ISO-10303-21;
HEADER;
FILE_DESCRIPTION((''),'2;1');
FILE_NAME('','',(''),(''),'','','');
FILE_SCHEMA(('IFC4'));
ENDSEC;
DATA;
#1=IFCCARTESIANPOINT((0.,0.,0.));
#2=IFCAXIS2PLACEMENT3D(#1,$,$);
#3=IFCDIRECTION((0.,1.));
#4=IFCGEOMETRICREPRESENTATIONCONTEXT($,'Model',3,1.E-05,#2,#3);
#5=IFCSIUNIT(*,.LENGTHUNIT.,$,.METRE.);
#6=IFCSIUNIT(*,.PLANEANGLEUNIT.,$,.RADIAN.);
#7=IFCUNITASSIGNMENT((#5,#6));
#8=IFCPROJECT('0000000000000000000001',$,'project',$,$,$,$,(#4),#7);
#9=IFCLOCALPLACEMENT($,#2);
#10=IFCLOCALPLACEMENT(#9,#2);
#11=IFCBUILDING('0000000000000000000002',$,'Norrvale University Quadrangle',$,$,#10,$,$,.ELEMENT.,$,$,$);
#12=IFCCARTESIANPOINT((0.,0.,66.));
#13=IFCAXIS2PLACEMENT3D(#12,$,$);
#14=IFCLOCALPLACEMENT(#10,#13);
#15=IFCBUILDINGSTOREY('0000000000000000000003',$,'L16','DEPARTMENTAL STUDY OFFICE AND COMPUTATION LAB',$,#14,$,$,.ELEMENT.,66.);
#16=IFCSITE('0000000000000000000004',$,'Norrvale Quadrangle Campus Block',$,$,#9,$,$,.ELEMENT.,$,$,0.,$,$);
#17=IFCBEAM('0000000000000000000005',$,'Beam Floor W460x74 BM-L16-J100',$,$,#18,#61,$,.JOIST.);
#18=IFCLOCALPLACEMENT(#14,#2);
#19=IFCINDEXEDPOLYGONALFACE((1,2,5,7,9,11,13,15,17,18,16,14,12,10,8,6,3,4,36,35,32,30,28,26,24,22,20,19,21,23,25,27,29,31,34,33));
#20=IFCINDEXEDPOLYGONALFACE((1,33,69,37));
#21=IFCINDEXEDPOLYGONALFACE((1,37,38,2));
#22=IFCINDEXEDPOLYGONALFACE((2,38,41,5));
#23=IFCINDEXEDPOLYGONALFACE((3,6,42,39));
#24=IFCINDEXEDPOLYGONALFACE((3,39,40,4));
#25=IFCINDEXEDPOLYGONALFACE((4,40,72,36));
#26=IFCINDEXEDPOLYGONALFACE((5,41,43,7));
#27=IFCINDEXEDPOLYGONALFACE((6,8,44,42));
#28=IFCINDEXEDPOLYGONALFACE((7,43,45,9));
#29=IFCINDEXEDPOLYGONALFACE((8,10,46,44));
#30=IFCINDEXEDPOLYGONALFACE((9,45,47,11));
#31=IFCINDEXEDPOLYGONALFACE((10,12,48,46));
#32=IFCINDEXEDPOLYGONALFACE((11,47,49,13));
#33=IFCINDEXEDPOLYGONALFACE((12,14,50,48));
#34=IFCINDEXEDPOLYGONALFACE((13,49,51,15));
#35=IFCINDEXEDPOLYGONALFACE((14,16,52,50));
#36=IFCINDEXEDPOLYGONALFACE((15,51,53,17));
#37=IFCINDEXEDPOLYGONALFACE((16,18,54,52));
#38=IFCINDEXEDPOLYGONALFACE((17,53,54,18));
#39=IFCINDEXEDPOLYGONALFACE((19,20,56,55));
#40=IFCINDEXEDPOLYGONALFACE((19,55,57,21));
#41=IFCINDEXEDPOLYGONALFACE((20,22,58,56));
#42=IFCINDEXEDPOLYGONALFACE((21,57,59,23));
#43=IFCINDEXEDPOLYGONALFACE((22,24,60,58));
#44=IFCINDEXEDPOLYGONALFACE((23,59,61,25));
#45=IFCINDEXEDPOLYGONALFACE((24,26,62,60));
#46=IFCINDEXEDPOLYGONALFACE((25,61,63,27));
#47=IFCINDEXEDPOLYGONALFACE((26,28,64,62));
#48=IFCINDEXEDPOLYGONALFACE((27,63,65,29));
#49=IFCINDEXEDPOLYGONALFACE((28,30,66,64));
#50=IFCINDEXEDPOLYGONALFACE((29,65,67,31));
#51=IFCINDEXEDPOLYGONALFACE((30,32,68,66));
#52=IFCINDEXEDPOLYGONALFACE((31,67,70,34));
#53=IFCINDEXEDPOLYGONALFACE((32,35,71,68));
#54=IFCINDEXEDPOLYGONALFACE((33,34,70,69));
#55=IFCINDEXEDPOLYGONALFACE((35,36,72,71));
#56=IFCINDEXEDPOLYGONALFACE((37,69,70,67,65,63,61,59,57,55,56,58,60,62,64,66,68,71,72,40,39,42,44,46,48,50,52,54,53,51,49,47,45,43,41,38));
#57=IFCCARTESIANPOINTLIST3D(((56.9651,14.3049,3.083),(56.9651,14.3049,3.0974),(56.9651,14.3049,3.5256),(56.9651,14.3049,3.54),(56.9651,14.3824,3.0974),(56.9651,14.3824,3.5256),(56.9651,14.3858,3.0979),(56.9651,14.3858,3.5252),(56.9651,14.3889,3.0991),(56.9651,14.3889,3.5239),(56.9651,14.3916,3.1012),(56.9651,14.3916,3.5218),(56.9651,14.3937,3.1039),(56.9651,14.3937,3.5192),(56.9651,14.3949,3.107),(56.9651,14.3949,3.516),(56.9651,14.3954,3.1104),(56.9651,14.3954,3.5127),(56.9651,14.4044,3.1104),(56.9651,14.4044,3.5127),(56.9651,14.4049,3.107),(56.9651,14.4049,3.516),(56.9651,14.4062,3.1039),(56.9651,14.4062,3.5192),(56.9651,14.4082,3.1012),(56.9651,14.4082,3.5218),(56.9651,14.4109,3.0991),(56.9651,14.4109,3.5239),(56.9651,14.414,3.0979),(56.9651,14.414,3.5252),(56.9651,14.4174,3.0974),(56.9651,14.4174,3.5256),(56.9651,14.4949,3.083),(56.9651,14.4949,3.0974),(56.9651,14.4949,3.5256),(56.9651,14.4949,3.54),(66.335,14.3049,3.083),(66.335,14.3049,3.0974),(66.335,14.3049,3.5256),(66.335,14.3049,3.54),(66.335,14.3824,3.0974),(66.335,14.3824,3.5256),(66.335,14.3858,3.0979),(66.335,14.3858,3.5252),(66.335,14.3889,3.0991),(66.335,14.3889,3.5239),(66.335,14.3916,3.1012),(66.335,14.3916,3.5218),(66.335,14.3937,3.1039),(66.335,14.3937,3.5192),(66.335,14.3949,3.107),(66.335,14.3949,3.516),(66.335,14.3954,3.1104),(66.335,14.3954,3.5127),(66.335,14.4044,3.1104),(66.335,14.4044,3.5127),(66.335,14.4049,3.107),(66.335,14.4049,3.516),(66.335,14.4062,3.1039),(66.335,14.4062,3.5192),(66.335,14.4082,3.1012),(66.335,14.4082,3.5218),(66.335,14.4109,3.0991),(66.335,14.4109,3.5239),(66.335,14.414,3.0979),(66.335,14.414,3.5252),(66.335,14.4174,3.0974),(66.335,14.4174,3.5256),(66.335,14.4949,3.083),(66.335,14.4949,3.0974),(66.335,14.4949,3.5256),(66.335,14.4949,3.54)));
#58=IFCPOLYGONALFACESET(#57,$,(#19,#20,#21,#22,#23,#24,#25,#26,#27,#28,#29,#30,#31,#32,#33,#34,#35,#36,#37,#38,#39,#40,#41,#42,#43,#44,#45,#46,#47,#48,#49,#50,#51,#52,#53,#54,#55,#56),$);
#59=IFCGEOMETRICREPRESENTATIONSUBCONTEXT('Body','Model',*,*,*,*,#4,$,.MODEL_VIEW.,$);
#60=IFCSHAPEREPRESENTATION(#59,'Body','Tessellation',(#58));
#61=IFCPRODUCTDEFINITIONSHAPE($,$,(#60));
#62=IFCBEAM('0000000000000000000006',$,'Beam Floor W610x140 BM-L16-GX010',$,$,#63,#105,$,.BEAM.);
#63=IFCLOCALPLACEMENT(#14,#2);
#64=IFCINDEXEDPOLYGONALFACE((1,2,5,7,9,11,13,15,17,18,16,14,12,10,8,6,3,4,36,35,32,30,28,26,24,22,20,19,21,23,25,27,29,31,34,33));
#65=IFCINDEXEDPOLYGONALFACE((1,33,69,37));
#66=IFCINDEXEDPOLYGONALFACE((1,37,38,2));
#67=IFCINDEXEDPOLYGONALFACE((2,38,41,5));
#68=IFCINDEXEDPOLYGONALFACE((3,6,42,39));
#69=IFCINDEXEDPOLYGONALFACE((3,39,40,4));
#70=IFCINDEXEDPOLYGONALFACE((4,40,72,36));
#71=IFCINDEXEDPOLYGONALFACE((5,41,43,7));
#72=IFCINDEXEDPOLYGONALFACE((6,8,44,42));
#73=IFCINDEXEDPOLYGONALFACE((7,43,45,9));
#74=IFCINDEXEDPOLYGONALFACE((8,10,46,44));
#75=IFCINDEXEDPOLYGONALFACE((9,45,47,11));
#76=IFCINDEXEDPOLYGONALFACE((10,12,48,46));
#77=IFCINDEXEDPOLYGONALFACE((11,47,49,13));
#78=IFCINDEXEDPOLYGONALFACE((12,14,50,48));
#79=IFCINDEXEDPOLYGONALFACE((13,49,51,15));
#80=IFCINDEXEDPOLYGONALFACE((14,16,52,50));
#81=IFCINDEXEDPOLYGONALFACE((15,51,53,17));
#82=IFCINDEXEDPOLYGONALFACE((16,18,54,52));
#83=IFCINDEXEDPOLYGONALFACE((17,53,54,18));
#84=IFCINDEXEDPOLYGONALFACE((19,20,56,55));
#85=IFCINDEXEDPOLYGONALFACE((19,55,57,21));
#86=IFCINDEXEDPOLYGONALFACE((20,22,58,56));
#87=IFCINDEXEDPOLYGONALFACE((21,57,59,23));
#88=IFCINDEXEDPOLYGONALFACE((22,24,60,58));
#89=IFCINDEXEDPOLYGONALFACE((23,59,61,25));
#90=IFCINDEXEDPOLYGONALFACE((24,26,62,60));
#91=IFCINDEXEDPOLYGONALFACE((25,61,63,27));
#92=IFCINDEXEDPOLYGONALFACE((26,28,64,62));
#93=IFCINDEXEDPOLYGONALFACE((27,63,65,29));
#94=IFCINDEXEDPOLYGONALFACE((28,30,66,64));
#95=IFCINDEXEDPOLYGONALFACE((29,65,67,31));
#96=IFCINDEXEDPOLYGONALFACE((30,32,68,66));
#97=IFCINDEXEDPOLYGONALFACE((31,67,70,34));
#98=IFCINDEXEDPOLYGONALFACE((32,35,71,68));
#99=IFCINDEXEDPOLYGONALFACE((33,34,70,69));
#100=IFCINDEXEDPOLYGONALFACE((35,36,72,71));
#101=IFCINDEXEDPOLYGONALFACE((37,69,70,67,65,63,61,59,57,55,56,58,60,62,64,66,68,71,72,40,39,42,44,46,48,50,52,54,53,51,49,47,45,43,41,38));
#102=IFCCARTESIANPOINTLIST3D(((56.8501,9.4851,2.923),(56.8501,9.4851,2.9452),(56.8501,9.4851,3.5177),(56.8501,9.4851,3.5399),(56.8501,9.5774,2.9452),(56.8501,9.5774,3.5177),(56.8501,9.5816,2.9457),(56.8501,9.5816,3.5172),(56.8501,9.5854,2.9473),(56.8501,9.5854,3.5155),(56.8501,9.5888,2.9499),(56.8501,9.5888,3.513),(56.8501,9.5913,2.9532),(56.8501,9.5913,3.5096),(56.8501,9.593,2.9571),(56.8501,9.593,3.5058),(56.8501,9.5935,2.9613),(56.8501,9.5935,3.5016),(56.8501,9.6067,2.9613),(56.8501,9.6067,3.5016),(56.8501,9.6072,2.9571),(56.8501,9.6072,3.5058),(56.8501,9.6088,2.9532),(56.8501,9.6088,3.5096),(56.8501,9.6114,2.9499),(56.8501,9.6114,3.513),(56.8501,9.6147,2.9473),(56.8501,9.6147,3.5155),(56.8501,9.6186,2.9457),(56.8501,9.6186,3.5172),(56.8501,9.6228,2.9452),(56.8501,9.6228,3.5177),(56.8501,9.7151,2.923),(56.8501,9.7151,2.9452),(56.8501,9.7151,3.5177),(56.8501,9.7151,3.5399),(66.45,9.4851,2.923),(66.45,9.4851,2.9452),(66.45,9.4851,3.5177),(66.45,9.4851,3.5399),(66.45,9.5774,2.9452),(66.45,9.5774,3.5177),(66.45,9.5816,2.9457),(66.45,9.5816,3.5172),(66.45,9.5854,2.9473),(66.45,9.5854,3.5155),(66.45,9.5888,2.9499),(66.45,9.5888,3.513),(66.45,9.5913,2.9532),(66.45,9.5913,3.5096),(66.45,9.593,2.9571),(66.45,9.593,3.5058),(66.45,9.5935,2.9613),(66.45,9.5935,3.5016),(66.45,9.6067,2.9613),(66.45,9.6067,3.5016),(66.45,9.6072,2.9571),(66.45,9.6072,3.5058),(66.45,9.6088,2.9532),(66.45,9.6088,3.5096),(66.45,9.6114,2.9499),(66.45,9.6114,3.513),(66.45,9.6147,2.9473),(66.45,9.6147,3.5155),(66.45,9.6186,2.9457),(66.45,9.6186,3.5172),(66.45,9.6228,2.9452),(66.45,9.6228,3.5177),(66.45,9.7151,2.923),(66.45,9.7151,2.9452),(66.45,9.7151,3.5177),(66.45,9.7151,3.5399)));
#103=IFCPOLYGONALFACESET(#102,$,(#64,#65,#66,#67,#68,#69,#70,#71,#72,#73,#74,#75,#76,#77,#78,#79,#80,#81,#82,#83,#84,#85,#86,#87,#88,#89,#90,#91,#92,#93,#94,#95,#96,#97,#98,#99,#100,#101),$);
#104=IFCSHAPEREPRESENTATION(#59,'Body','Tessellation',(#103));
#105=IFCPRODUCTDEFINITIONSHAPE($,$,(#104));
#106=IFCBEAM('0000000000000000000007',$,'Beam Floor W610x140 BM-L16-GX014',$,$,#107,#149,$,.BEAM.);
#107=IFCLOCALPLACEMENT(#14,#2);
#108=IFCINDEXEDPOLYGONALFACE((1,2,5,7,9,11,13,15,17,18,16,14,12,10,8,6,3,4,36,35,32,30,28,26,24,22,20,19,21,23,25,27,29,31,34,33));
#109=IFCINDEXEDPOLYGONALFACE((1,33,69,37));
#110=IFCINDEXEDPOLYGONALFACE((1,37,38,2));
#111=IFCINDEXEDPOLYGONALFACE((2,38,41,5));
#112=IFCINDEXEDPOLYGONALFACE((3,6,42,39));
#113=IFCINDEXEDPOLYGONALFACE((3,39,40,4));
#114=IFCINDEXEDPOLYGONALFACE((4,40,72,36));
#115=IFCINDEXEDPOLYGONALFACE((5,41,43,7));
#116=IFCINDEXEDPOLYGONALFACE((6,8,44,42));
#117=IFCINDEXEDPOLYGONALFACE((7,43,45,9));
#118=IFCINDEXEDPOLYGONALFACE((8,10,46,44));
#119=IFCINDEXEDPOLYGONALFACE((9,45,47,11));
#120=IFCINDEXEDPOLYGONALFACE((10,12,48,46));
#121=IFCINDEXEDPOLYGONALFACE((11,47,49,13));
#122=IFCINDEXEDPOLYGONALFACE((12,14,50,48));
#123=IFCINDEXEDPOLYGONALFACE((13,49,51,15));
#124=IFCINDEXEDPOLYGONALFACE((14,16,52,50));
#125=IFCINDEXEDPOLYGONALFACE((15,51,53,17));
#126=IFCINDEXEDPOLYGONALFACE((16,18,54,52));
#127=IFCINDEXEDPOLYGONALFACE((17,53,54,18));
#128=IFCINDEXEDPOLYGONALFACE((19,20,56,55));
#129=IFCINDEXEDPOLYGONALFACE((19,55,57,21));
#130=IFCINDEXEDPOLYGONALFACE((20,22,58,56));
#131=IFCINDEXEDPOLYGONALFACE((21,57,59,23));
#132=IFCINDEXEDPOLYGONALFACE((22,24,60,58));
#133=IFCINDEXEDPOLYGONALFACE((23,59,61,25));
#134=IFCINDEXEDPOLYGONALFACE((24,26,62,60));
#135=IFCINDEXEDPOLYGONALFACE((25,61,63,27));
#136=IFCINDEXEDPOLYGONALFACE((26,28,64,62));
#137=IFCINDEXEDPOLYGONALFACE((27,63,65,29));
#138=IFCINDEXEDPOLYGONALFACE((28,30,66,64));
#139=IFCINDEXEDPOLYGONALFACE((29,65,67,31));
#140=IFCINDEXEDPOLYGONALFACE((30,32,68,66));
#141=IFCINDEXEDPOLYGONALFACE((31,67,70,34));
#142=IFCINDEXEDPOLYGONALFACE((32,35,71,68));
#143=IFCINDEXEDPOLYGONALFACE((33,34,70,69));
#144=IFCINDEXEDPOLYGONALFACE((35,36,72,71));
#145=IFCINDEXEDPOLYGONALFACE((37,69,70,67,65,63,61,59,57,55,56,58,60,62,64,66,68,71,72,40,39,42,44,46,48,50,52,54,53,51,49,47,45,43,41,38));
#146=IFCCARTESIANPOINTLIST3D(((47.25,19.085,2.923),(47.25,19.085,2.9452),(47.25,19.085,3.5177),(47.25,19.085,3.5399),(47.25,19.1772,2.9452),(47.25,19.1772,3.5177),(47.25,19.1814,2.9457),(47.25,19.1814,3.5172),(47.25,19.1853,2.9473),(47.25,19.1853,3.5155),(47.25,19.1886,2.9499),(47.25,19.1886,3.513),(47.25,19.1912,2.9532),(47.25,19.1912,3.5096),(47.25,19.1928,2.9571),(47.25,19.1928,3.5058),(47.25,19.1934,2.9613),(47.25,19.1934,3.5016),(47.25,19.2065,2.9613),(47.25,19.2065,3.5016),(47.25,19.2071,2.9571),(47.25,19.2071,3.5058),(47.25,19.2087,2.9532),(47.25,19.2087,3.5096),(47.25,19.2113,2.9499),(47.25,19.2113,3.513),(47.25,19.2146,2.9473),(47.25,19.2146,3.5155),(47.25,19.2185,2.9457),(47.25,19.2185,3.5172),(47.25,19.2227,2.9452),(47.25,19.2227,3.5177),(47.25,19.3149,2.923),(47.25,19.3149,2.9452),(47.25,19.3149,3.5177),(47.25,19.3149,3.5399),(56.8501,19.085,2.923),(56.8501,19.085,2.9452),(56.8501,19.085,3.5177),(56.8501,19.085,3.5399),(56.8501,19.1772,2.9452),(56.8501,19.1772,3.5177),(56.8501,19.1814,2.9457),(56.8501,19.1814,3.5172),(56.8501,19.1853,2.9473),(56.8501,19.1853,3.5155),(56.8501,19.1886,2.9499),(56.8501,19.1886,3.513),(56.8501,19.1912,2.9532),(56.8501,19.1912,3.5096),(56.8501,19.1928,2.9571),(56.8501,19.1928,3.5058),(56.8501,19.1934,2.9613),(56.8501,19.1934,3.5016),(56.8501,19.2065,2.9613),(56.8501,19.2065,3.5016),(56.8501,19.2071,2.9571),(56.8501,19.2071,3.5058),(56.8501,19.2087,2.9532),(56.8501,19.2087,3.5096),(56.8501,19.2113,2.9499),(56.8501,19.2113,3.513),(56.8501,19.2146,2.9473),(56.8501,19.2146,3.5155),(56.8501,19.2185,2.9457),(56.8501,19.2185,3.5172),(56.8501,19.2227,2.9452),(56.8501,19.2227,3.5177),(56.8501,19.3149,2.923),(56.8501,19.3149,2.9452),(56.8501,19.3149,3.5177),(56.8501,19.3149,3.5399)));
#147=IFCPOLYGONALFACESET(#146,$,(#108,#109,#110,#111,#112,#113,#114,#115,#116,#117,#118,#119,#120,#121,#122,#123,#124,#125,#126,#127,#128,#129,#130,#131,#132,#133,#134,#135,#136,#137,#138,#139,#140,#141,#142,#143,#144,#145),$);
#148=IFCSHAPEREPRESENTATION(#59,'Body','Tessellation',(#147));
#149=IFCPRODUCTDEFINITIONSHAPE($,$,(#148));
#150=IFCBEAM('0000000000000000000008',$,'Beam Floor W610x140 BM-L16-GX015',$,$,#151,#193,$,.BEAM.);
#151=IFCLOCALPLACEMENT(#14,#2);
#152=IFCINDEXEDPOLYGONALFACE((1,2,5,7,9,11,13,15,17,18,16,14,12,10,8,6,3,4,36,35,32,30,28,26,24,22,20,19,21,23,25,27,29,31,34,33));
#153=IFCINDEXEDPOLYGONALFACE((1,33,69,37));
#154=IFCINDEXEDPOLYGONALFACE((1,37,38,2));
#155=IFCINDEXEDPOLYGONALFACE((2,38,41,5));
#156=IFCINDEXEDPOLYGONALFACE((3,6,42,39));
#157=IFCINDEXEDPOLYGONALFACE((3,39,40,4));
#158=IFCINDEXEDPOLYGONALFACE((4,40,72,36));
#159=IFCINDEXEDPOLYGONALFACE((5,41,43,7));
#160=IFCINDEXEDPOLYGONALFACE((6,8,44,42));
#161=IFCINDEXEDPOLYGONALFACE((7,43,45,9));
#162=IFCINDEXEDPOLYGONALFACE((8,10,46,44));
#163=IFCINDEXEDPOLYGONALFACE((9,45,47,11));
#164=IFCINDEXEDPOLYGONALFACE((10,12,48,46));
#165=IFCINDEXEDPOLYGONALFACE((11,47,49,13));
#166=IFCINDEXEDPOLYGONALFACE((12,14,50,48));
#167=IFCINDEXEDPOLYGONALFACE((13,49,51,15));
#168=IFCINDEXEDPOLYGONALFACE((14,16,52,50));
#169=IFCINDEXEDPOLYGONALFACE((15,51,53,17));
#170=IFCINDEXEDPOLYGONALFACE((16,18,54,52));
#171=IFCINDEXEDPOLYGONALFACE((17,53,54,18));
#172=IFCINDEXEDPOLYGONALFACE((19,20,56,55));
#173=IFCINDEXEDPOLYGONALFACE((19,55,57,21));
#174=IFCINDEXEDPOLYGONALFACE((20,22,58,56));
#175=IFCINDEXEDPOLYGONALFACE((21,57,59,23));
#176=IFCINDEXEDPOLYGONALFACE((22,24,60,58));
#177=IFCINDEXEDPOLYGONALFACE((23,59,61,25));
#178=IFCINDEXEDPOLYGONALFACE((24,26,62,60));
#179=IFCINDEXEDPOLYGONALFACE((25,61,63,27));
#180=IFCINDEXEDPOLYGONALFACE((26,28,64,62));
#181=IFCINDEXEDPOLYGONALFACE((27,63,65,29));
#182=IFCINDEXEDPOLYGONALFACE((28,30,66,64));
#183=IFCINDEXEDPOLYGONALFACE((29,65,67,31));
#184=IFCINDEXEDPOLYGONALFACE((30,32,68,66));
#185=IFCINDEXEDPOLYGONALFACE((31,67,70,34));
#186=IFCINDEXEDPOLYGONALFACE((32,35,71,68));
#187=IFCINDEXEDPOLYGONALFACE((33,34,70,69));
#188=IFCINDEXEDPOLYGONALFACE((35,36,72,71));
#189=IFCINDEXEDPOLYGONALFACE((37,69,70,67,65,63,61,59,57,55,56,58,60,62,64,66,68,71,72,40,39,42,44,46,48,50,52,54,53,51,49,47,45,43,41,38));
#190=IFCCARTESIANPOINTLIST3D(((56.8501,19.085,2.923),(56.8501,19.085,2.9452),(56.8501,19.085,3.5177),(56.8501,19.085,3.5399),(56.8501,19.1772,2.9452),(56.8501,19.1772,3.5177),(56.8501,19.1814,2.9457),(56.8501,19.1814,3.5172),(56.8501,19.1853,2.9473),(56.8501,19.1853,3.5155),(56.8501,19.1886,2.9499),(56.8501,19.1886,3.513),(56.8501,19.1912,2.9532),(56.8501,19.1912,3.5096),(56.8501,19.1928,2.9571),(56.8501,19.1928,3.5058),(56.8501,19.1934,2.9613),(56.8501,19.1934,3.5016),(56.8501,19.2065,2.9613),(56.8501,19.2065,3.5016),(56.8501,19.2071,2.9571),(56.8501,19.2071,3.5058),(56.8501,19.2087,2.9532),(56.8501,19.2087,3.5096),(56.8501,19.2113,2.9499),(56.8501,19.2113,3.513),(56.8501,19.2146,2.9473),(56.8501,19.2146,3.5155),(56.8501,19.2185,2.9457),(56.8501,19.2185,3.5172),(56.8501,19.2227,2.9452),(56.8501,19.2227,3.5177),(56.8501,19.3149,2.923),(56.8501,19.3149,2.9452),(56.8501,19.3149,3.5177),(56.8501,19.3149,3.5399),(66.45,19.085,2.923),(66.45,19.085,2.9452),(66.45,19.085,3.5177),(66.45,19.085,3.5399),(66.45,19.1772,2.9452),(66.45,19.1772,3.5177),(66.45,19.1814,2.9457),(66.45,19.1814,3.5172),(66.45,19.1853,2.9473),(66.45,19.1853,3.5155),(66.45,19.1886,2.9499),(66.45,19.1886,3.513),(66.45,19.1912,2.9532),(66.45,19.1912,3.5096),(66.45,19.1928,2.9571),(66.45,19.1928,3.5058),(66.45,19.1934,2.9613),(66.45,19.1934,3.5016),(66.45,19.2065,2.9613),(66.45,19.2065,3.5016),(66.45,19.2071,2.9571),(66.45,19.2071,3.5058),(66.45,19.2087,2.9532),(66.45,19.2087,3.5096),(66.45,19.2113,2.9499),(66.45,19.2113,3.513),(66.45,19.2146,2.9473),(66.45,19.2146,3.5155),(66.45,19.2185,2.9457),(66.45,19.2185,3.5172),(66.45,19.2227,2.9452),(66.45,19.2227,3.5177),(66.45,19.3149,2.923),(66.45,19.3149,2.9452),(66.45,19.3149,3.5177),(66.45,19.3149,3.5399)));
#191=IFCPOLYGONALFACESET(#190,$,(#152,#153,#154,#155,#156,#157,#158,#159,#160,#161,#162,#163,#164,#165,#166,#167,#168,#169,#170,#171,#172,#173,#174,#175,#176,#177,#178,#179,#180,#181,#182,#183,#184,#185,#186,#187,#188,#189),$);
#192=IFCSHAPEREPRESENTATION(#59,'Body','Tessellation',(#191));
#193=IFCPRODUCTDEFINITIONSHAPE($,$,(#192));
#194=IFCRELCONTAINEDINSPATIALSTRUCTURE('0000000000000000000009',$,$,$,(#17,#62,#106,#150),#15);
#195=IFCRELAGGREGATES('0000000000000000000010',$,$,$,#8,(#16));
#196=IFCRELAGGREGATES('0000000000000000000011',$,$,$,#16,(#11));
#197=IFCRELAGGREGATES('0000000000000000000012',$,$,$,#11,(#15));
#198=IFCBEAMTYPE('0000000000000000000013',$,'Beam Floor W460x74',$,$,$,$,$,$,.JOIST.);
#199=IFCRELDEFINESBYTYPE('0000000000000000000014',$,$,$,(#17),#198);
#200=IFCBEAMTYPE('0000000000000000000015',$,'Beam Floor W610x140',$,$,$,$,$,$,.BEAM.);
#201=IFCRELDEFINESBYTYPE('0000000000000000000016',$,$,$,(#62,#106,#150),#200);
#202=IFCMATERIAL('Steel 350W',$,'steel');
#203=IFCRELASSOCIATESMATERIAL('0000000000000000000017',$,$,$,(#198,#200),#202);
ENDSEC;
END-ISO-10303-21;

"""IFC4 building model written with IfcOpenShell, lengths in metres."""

from ifc_helpers import new_model, si_unit, direction, frame, origin, origin_2d, place, context, subcontext, project, spatial, i_section, extrude, material, material_profile, profile_set, type_object, element, save


model = new_model("IFC4")

# Units and contexts
model_context = context("Model", 3, precision=1e-05, world=origin(), true_north=direction((0.0, 1.0)))
body_context = subcontext(model_context, "Body", "Model", "MODEL_VIEW")
ifc_project = project(units=[si_unit("LENGTHUNIT", "METRE"), si_unit("PLANEANGLEUNIT", "RADIAN")], contexts=[model_context])

# Site, building, storey
site_placement = place(None, origin())
site = spatial("IfcSite", under=ifc_project, at=site_placement, Name="Norrvale Quadrangle Campus Block", CompositionType="ELEMENT", RefElevation=0.0)
building_placement = place(site_placement, origin())
building = spatial("IfcBuilding", under=site, at=building_placement, Name="Norrvale University Quadrangle", CompositionType="ELEMENT")
storey_placement = place(building_placement, frame((0.0, 0.0, 66.0)))
storey = spatial("IfcBuildingStorey", under=building, at=storey_placement, Name="L16", Description="DEPARTMENTAL STUDY OFFICE AND COMPUTATION LAB", CompositionType="ELEMENT", Elevation=66.0)

# Beams
ifc_material_1 = material(Name="Steel 350W", Category="steel")
ifc_material_profile_1 = material_profile(ifc_material_1, i_section(OverallWidth=0.1899, OverallDepth=0.457, WebThickness=0.009, FlangeThickness=0.0144, FilletRadius=0.0129, at=origin_2d()), Name="Steel 350W")
ifc_profile_set_1 = profile_set([ifc_material_profile_1], Name="Steel 350W")
beam_type_1 = type_object("IfcBeamType", Name="Beam Floor W460x74", PredefinedType="JOIST", material=ifc_profile_set_1)
beam_1_placement = place(storey_placement, frame((56.9651, 14.3999, 3.3115), z_axis=(1.0, 0.0, 0.0), x_axis=(0.0, 1.0, 0.0)))
element("IfcBeam", 1, at=beam_1_placement, inside=storey, type_object=beam_type_1, Name="Beam Floor W460x74 BM-L16-J100", PredefinedType="JOIST", context=body_context, shape_type="SweptSolid", body=[
    extrude(i_section(OverallWidth=0.1899, OverallDepth=0.457, WebThickness=0.009, FlangeThickness=0.0144, FilletRadius=0.0129, at=origin_2d()), origin(), (0.0, 0.0, 1.0), 9.3699),
])
ifc_material_profile_2 = material_profile(ifc_material_1, i_section(OverallWidth=0.23, OverallDepth=0.6169, WebThickness=0.0132, FlangeThickness=0.0222, FilletRadius=0.0161, at=origin_2d()), Name="Steel 350W")
ifc_profile_set_2 = profile_set([ifc_material_profile_2], Name="Steel 350W")
beam_type_2 = type_object("IfcBeamType", Name="Beam Floor W610x140", PredefinedType="BEAM", material=ifc_profile_set_2)
beam_2_placement = place(storey_placement, frame((56.8501, 9.6001, 3.2314), z_axis=(1.0, 0.0, 0.0), x_axis=(0.0, 1.0, 0.0)))
element("IfcBeam", 2, at=beam_2_placement, inside=storey, type_object=beam_type_2, Name="Beam Floor W610x140 BM-L16-GX010", PredefinedType="BEAM", context=body_context, shape_type="SweptSolid", body=[
    extrude(i_section(OverallWidth=0.23, OverallDepth=0.6169, WebThickness=0.0132, FlangeThickness=0.0222, FilletRadius=0.0161, at=origin_2d()), origin(), (0.0, 0.0, 1.0), 9.5999),
])
beam_3_placement = place(storey_placement, frame((47.25, 19.2, 3.2314), z_axis=(1.0, 0.0, 0.0), x_axis=(0.0, 1.0, 0.0)))
element("IfcBeam", 3, at=beam_3_placement, inside=storey, type_object=beam_type_2, Name="Beam Floor W610x140 BM-L16-GX014", PredefinedType="BEAM", context=body_context, shape_type="SweptSolid", body=[
    extrude(i_section(OverallWidth=0.23, OverallDepth=0.6169, WebThickness=0.0132, FlangeThickness=0.0222, FilletRadius=0.0161, at=origin_2d()), origin(), (0.0, 0.0, 1.0), 9.6001),
])
beam_4_placement = place(storey_placement, frame((56.8501, 19.2, 3.2314), z_axis=(1.0, 0.0, 0.0), x_axis=(0.0, 1.0, 0.0)))
element("IfcBeam", 4, at=beam_4_placement, inside=storey, type_object=beam_type_2, Name="Beam Floor W610x140 BM-L16-GX015", PredefinedType="BEAM", context=body_context, shape_type="SweptSolid", body=[
    extrude(i_section(OverallWidth=0.23, OverallDepth=0.6169, WebThickness=0.0132, FlangeThickness=0.0222, FilletRadius=0.0161, at=origin_2d()), origin(), (0.0, 0.0, 1.0), 9.5999),
])

save(model, "model.ifc")
